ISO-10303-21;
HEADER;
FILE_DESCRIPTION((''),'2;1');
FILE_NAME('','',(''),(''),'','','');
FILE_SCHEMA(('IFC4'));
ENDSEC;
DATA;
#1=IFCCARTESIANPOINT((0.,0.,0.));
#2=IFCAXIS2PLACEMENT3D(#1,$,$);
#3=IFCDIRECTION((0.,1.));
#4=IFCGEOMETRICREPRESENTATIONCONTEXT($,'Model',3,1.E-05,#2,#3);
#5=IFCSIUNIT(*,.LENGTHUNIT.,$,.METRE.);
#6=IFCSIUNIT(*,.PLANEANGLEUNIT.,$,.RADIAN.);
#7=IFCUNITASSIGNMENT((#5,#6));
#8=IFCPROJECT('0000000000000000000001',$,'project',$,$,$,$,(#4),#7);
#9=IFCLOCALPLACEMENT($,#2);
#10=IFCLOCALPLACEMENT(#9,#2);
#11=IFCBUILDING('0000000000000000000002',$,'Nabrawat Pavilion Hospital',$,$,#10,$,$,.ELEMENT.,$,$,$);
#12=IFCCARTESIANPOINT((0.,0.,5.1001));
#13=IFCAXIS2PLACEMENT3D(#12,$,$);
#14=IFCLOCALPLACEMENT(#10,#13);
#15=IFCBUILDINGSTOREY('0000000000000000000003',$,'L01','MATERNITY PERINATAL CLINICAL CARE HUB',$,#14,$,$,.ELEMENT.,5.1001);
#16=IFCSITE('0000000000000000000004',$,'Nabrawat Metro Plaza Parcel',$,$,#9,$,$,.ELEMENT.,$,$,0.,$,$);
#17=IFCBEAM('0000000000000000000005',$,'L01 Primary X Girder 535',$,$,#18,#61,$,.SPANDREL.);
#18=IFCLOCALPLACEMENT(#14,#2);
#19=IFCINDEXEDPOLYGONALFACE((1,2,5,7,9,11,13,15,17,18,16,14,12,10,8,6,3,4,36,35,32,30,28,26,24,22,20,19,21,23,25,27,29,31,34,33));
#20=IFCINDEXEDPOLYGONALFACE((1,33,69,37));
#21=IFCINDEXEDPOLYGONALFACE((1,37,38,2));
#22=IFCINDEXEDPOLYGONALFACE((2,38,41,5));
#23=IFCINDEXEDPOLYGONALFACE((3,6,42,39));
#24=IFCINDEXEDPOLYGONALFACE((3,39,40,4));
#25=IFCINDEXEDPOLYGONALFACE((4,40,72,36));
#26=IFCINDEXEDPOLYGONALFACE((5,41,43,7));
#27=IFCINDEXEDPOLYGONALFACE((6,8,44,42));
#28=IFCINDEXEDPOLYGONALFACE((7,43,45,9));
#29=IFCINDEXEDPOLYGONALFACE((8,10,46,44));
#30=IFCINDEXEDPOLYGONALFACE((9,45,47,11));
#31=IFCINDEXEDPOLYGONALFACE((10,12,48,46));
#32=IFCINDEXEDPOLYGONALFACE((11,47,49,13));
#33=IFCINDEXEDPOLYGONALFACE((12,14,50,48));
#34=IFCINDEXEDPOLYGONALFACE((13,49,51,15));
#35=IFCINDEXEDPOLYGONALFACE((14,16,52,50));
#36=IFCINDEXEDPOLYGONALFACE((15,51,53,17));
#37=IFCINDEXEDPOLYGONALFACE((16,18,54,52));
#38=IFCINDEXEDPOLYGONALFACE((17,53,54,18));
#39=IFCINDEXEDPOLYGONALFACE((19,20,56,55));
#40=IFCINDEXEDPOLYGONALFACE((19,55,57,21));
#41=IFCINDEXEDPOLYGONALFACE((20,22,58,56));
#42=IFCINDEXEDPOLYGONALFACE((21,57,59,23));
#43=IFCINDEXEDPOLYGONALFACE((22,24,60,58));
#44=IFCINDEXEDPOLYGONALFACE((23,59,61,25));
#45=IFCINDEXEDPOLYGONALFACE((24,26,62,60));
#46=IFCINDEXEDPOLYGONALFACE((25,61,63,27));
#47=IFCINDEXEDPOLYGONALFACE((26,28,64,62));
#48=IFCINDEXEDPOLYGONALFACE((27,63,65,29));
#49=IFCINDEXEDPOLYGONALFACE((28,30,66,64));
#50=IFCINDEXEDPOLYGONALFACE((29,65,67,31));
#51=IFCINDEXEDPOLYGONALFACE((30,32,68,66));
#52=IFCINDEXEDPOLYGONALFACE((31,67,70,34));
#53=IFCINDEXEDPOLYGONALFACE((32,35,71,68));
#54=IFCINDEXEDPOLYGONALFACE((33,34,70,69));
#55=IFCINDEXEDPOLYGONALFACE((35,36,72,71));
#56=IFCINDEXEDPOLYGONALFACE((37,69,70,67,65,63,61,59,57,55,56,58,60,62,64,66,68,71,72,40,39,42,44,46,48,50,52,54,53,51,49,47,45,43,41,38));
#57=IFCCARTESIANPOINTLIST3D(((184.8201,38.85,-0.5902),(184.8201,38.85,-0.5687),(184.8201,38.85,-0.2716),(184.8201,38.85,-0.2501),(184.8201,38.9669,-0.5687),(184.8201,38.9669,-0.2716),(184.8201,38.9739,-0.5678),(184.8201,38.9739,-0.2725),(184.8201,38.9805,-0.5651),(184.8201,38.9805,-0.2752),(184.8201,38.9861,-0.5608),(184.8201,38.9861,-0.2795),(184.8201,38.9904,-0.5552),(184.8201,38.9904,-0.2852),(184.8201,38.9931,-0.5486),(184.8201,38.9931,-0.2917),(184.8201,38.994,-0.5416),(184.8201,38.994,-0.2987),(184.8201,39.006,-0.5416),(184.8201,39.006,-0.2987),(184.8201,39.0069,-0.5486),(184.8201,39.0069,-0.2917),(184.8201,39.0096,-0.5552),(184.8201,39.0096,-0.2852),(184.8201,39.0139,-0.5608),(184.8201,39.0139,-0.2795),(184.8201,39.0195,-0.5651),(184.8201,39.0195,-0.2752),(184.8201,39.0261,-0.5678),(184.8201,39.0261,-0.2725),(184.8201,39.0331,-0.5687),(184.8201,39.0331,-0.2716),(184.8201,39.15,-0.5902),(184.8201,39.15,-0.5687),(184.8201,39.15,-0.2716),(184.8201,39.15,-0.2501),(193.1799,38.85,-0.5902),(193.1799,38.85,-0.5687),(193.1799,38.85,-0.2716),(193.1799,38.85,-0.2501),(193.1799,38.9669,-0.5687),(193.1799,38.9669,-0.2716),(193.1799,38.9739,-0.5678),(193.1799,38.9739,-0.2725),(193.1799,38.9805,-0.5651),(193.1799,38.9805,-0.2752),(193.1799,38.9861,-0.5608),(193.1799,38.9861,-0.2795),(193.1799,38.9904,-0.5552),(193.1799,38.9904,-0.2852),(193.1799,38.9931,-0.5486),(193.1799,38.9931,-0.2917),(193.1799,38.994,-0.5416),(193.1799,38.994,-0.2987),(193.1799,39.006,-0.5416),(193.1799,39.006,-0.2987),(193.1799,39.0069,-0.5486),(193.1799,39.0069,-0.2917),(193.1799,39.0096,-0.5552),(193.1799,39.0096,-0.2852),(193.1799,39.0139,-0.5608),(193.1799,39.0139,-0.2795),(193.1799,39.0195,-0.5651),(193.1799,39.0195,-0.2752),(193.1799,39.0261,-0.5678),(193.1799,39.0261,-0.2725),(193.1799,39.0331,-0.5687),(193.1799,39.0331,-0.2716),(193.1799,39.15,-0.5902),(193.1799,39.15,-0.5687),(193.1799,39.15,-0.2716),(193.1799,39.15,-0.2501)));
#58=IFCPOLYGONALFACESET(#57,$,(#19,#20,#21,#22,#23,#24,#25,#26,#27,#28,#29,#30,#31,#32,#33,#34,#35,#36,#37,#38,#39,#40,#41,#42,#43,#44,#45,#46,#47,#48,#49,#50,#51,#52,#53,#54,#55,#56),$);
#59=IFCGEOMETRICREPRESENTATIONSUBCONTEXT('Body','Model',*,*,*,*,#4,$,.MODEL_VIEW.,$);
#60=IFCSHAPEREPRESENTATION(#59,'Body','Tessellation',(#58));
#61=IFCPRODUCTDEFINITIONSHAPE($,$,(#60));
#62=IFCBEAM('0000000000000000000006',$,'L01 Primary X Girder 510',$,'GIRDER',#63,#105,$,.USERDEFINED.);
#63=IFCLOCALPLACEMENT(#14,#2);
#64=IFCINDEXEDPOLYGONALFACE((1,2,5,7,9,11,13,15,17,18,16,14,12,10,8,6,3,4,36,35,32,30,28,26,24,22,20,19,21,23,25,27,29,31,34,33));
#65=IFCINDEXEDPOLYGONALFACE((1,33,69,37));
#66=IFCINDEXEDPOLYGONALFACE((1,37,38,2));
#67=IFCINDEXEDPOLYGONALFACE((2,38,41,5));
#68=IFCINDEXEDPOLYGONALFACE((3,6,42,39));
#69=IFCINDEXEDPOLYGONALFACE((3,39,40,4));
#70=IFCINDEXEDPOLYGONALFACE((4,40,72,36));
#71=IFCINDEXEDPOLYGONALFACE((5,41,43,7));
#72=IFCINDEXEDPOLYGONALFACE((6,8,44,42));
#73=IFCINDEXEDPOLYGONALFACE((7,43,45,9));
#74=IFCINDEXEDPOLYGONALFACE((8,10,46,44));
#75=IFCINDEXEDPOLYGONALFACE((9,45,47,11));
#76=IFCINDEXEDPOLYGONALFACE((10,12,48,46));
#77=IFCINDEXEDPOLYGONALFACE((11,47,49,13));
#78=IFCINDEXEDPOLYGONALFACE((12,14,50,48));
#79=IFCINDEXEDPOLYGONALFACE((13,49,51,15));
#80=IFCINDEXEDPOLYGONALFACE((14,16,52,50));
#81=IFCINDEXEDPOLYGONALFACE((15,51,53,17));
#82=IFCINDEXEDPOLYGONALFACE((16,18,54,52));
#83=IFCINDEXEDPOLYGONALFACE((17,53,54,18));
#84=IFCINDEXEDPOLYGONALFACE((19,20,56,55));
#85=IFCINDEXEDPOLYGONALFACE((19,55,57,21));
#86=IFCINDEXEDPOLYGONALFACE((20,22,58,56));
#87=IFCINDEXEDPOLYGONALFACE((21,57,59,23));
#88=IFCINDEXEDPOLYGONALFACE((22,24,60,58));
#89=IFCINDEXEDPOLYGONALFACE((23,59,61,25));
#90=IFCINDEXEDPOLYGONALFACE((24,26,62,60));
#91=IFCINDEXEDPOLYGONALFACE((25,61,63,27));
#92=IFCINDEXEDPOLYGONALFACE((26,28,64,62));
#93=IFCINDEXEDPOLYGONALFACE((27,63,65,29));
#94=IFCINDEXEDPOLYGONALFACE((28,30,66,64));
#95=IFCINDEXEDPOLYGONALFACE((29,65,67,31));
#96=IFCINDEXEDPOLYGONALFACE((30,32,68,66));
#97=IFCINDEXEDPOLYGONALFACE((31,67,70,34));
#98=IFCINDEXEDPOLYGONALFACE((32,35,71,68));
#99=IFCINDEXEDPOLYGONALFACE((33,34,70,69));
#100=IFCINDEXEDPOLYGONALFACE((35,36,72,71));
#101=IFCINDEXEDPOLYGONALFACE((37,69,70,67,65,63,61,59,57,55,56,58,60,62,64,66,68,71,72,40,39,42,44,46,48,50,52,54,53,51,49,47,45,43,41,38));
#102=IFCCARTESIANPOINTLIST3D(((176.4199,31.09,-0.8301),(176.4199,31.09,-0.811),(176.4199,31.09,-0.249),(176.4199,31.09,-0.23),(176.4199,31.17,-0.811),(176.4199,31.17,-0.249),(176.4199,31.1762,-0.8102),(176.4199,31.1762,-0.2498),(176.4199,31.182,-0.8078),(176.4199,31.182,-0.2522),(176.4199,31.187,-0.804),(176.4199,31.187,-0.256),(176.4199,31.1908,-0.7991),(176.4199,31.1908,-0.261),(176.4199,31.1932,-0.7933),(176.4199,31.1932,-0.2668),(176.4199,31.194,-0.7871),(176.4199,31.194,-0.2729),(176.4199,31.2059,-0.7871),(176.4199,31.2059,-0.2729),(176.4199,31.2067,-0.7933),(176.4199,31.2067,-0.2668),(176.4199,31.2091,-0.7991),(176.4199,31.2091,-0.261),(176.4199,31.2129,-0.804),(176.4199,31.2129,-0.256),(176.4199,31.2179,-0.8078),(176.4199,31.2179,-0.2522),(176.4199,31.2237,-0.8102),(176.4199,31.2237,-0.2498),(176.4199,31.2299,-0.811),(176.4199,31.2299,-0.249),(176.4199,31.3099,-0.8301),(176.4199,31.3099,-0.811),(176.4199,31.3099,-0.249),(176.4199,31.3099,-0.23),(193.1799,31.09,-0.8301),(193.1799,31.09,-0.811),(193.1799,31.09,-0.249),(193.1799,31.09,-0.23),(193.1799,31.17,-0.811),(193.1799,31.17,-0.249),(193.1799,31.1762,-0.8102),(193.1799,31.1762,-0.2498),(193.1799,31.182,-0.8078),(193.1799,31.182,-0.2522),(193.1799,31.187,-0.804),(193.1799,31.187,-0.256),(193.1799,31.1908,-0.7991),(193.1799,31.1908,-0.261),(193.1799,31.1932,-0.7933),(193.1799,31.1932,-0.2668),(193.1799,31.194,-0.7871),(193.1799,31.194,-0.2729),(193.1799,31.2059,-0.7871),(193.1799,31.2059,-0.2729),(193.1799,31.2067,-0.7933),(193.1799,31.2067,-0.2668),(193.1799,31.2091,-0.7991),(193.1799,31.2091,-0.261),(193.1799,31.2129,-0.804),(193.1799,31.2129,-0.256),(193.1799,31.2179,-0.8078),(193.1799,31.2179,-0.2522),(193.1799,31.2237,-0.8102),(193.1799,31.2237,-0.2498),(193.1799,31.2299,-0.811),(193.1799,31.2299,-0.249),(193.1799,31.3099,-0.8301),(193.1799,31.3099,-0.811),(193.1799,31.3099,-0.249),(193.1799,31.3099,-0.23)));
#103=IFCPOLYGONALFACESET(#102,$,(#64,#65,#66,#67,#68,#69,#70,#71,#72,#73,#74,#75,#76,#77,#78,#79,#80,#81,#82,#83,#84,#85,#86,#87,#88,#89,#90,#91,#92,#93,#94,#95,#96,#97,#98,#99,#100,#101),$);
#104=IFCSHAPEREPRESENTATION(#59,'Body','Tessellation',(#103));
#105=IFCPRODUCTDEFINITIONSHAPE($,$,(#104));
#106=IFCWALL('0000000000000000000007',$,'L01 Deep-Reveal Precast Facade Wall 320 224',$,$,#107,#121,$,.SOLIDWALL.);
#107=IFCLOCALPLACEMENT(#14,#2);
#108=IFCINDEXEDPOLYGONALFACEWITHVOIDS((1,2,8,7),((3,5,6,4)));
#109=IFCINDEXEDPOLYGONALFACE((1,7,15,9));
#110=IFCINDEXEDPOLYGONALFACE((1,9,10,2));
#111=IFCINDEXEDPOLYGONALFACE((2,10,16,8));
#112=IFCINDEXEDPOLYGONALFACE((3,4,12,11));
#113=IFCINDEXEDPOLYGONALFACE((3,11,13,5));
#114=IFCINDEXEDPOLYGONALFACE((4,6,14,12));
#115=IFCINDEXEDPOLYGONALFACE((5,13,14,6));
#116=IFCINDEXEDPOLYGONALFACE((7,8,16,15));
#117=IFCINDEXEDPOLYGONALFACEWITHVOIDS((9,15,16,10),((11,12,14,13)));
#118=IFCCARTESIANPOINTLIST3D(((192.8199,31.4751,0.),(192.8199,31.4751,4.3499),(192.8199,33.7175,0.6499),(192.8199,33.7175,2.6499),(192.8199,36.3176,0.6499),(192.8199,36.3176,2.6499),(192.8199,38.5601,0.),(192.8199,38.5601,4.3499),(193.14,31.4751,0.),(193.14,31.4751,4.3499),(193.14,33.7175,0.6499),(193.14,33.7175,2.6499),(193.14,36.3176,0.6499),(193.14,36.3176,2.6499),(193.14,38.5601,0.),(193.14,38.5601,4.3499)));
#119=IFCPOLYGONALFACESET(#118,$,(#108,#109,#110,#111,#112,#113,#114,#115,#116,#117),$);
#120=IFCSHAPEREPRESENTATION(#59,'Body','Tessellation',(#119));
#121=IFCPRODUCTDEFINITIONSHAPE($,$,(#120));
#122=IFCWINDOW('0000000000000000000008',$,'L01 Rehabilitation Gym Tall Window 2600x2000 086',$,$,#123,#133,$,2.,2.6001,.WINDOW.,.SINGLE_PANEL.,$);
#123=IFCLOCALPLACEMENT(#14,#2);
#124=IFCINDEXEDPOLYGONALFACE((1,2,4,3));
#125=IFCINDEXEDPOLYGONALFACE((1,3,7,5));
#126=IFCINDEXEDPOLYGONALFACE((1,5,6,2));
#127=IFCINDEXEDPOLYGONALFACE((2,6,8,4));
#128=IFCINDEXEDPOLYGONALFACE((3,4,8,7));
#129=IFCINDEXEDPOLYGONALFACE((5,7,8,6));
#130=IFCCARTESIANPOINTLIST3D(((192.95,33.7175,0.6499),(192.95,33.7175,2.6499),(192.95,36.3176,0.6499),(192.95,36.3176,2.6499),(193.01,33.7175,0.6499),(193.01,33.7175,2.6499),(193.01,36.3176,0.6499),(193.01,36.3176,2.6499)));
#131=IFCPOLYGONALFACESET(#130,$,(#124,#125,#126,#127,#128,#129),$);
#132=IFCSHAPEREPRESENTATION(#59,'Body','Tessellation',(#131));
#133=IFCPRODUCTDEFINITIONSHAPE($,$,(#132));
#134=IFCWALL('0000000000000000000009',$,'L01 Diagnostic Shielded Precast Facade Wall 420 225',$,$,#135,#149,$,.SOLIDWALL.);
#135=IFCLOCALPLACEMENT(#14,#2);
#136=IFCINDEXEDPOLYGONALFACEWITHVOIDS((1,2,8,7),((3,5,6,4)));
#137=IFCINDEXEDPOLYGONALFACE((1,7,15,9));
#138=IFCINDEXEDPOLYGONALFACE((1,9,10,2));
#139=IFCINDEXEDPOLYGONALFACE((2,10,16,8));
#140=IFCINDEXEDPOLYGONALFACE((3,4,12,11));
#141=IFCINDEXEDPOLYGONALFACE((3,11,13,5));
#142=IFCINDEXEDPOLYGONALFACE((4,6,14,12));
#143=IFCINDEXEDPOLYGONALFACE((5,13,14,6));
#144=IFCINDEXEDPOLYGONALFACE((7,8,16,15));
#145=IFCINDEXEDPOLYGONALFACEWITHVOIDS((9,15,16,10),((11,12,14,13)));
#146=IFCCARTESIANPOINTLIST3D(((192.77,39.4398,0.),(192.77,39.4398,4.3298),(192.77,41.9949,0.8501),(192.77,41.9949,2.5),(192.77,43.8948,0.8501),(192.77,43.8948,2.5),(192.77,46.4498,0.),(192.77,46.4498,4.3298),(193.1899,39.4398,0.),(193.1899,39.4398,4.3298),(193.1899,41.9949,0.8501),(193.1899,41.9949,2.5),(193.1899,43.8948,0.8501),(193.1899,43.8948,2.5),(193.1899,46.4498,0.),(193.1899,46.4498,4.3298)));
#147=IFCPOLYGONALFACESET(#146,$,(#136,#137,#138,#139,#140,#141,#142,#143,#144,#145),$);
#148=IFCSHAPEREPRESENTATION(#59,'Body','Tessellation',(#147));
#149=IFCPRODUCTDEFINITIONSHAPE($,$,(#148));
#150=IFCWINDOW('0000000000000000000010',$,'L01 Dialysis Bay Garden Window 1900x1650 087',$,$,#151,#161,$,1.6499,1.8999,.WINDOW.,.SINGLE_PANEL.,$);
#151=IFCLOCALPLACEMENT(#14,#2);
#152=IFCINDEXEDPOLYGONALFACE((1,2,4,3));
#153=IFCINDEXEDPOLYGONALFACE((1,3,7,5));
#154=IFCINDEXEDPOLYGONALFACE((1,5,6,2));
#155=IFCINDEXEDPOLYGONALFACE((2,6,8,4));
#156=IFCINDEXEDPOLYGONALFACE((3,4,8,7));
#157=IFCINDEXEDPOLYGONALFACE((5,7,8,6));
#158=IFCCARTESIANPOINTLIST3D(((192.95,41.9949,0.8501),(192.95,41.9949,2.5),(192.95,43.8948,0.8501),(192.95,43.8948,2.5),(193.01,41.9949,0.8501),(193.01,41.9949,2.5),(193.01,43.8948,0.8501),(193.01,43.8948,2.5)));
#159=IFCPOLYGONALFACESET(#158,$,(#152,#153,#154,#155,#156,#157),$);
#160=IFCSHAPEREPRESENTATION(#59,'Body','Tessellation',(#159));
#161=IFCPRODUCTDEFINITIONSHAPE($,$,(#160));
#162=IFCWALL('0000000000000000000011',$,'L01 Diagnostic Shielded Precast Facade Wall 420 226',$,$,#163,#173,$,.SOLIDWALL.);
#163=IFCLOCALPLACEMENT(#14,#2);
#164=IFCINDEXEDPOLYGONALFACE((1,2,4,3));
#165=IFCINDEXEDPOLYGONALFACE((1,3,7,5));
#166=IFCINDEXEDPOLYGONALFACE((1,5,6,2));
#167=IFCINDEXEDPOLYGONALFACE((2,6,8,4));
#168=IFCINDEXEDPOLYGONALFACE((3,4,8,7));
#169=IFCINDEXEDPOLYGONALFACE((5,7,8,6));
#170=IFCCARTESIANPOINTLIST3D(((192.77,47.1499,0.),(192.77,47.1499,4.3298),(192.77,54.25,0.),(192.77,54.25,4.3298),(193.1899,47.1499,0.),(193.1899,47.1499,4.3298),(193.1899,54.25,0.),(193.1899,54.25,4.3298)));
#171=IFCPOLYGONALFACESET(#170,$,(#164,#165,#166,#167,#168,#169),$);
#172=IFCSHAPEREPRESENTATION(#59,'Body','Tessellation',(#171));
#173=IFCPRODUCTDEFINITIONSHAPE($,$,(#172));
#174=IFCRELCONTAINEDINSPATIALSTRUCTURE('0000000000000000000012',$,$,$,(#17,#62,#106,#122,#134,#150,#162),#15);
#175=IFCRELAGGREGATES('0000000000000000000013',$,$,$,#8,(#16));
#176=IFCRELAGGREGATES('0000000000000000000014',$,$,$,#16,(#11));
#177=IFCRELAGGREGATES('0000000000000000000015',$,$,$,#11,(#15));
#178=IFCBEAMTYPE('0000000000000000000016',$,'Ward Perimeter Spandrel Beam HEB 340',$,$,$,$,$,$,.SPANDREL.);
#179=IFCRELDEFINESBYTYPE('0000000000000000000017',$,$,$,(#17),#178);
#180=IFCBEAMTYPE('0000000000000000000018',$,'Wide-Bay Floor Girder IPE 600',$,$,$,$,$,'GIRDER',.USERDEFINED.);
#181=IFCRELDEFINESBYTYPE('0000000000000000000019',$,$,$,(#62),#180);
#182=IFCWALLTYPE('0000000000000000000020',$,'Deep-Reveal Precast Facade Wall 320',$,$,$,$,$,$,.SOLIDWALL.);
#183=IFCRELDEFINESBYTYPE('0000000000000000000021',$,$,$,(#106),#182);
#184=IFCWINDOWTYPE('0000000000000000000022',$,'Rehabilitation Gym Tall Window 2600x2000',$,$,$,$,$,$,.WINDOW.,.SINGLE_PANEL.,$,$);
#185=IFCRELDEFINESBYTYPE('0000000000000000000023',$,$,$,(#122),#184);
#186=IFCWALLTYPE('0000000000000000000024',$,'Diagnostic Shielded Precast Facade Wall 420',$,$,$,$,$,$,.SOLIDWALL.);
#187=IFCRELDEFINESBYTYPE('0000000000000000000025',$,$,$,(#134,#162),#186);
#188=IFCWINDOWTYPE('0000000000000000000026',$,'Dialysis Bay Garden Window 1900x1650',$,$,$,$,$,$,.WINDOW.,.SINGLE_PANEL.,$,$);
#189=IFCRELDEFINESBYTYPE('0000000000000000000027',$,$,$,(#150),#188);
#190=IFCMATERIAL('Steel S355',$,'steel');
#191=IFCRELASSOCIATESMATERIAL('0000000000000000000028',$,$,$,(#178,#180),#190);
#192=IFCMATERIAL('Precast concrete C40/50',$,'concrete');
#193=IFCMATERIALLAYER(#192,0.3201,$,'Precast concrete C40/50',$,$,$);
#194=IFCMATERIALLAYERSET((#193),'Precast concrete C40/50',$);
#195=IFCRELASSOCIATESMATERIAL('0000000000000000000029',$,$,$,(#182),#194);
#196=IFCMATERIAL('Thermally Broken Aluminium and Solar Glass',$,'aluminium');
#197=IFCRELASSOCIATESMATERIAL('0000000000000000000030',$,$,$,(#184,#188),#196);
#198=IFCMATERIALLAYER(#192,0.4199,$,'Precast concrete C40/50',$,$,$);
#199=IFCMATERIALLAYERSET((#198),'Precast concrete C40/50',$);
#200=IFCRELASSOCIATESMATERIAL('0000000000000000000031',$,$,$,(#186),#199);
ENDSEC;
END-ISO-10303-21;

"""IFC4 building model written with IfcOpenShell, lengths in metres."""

from ifc_helpers import new_model, si_unit, direction, frame, frame_2d, origin, origin_2d, place, context, subcontext, project, spatial, rectangle, i_section, extrude, material, layer, layer_set, material_profile, profile_set, type_object, element, fill, save


model = new_model("IFC4")

# Units and contexts
model_context = context("Model", 3, precision=1e-05, world=origin(), true_north=direction((0.0, 1.0)))
body_context = subcontext(model_context, "Body", "Model", "MODEL_VIEW")
ifc_project = project(units=[si_unit("LENGTHUNIT", "METRE"), si_unit("PLANEANGLEUNIT", "RADIAN")], contexts=[model_context])

# Site, building, storey
site_placement = place(None, origin())
site = spatial("IfcSite", under=ifc_project, at=site_placement, Name="Nabrawat Metro Plaza Parcel", CompositionType="ELEMENT", RefElevation=0.0)
building_placement = place(site_placement, origin())
building = spatial("IfcBuilding", under=site, at=building_placement, Name="Nabrawat Pavilion Hospital", CompositionType="ELEMENT")
storey_placement = place(building_placement, frame((0.0, 0.0, 5.1001)))
storey = spatial("IfcBuildingStorey", under=building, at=storey_placement, Name="L01", Description="MATERNITY PERINATAL CLINICAL CARE HUB", CompositionType="ELEMENT", Elevation=5.1001)

# Shared definitions
ifc_material_1 = material(Name="Steel S355", Category="steel")

# Beams
ifc_material_profile_1 = material_profile(ifc_material_1, i_section(OverallWidth=0.3, OverallDepth=0.3401, WebThickness=0.012, FlangeThickness=0.0215, FilletRadius=0.0271, at=origin_2d()), Name="HEB 340")
ifc_profile_set_1 = profile_set([ifc_material_profile_1], Name="Steel S355")
beam_type_1 = type_object("IfcBeamType", Name="Ward Perimeter Spandrel Beam HEB 340", PredefinedType="SPANDREL", material=ifc_profile_set_1)
beam_1_placement = place(storey_placement, frame((184.8201, 39.0, -0.4202), z_axis=(1.0, 0.0, 0.0), x_axis=(0.0, 1.0, 0.0)))
element("IfcBeam", 1, at=beam_1_placement, inside=storey, type_object=beam_type_1, Name="L01 Primary X Girder 535", PredefinedType="SPANDREL", context=body_context, shape_type="SweptSolid", body=[
    extrude(i_section(OverallWidth=0.3, OverallDepth=0.3401, WebThickness=0.012, FlangeThickness=0.0215, FilletRadius=0.0271, at=origin_2d()), origin(), (0.0, 0.0, 1.0), 8.3599),
])
ifc_material_profile_2 = material_profile(ifc_material_1, i_section(OverallWidth=0.22, OverallDepth=0.6001, WebThickness=0.012, FlangeThickness=0.019, FilletRadius=0.0239, at=origin_2d()), Name="IPE 600")
ifc_profile_set_2 = profile_set([ifc_material_profile_2], Name="Steel S355")
beam_type_2 = type_object("IfcBeamType", Name="Wide-Bay Floor Girder IPE 600", ElementType="GIRDER", PredefinedType="USERDEFINED", material=ifc_profile_set_2)
beam_2_placement = place(storey_placement, frame((176.4199, 31.2, -0.53), z_axis=(1.0, 0.0, 0.0), x_axis=(0.0, 1.0, 0.0)))
element("IfcBeam", 2, at=beam_2_placement, inside=storey, type_object=beam_type_2, Name="L01 Primary X Girder 510", ObjectType="GIRDER", PredefinedType="USERDEFINED", context=body_context, shape_type="SweptSolid", body=[
    extrude(i_section(OverallWidth=0.22, OverallDepth=0.6001, WebThickness=0.012, FlangeThickness=0.019, FilletRadius=0.0239, at=origin_2d()), origin(), (0.0, 0.0, 1.0), 16.76),
])

# Walls, openings, windows
ifc_material_2 = material(Name="Precast concrete C40/50", Category="concrete")
ifc_layer_1 = layer(ifc_material_2, 0.3201, Name="Precast concrete C40/50")
ifc_layer_set_1 = layer_set([ifc_layer_1], Name="Precast concrete C40/50")
wall_type_1 = type_object("IfcWallType", Name="Deep-Reveal Precast Facade Wall 320", PredefinedType="SOLIDWALL", material=ifc_layer_set_1)
wall_1_placement = place(storey_placement, frame((192.98, 31.4751, 0.0), z_axis=(0.0, 0.0, 1.0), x_axis=(0.0, 1.0, 0.0)))
wall_1 = element("IfcWall", 3, at=wall_1_placement, inside=storey, type_object=wall_type_1, Name="L01 Deep-Reveal Precast Facade Wall 320 224", PredefinedType="SOLIDWALL", context=body_context, shape_type="SweptSolid", body=[
    extrude(rectangle(XDim=7.085, YDim=0.3201, at=frame_2d((3.5425, 0.0))), origin(), (0.0, 0.0, 1.0), 4.3499),
])
opening_1_placement = place(wall_1_placement, frame((2.2424, 0.0, 0.6499)))
opening_1 = element("IfcOpeningElement", 4, at=opening_1_placement, cuts=wall_1, PredefinedType="OPENING", context=body_context, shape_type="SweptSolid", body=[
    extrude(rectangle(XDim=2.6001, YDim=2.0, at=frame_2d((1.3, 1.0))), frame((0.0, 0.1699, 0.0), z_axis=(0.0, -1.0, 0.0), x_axis=(1.0, 0.0, 0.0)), (0.0, 0.0, 1.0), 0.3401),
])
ifc_material_3 = material(Name="Thermally Broken Aluminium and Solar Glass", Category="aluminium")
window_type_1 = type_object("IfcWindowType", Name="Rehabilitation Gym Tall Window 2600x2000", PartitioningType="SINGLE_PANEL", PredefinedType="WINDOW", material=ifc_material_3)
window_1_placement = place(opening_1_placement, origin())
window_1 = element("IfcWindow", 5, at=window_1_placement, inside=storey, type_object=window_type_1, Name="L01 Rehabilitation Gym Tall Window 2600x2000 086", OverallHeight=2.0, OverallWidth=2.6001, PartitioningType="SINGLE_PANEL", PredefinedType="WINDOW", context=body_context, shape_type="SweptSolid", body=[
    extrude(rectangle(XDim=2.6001, YDim=2.0, at=frame_2d((1.3, 1.0))), frame((0.0, 0.03, 0.0), z_axis=(0.0, -1.0, 0.0), x_axis=(1.0, 0.0, 0.0)), (0.0, 0.0, 1.0), 0.0601),
])
fill(opening_1, window_1)
ifc_layer_2 = layer(ifc_material_2, 0.4199, Name="Precast concrete C40/50")
ifc_layer_set_2 = layer_set([ifc_layer_2], Name="Precast concrete C40/50")
wall_type_2 = type_object("IfcWallType", Name="Diagnostic Shielded Precast Facade Wall 420", PredefinedType="SOLIDWALL", material=ifc_layer_set_2)
wall_2_placement = place(storey_placement, frame((192.98, 39.4399, 0.0), z_axis=(0.0, 0.0, 1.0), x_axis=(0.0, 1.0, 0.0)))
wall_2 = element("IfcWall", 6, at=wall_2_placement, inside=storey, type_object=wall_type_2, Name="L01 Diagnostic Shielded Precast Facade Wall 420 225", PredefinedType="SOLIDWALL", context=body_context, shape_type="SweptSolid", body=[
    extrude(rectangle(XDim=7.01, YDim=0.4199, at=frame_2d((3.5049, 0.0))), origin(), (0.0, 0.0, 1.0), 4.3298),
])
opening_2_placement = place(wall_2_placement, frame((2.5549, 0.0, 0.8501)))
opening_2 = element("IfcOpeningElement", 7, at=opening_2_placement, cuts=wall_2, PredefinedType="OPENING", context=body_context, shape_type="SweptSolid", body=[
    extrude(rectangle(XDim=1.8999, YDim=1.6499, at=frame_2d((0.95, 0.825))), frame((0.0, 0.22, 0.0), z_axis=(0.0, -1.0, 0.0), x_axis=(1.0, 0.0, 0.0)), (0.0, 0.0, 1.0), 0.4399),
])
window_type_2 = type_object("IfcWindowType", Name="Dialysis Bay Garden Window 1900x1650", PartitioningType="SINGLE_PANEL", PredefinedType="WINDOW", material=ifc_material_3)
window_2_placement = place(opening_2_placement, origin())
window_2 = element("IfcWindow", 8, at=window_2_placement, inside=storey, type_object=window_type_2, Name="L01 Dialysis Bay Garden Window 1900x1650 087", OverallHeight=1.6499, OverallWidth=1.8999, PartitioningType="SINGLE_PANEL", PredefinedType="WINDOW", context=body_context, shape_type="SweptSolid", body=[
    extrude(rectangle(XDim=1.8999, YDim=1.6499, at=frame_2d((0.95, 0.825))), frame((0.0, 0.03, 0.0), z_axis=(0.0, -1.0, 0.0), x_axis=(1.0, 0.0, 0.0)), (0.0, 0.0, 1.0), 0.0601),
])
fill(opening_2, window_2)

# Wall
wall_3_placement = place(storey_placement, frame((192.98, 47.1499, 0.0), z_axis=(0.0, 0.0, 1.0), x_axis=(0.0, 1.0, 0.0)))
element("IfcWall", 9, at=wall_3_placement, inside=storey, type_object=wall_type_2, Name="L01 Diagnostic Shielded Precast Facade Wall 420 226", PredefinedType="SOLIDWALL", context=body_context, shape_type="SweptSolid", body=[
    extrude(rectangle(XDim=7.1001, YDim=0.4199, at=frame_2d((3.55, 0.0))), origin(), (0.0, 0.0, 1.0), 4.3298),
])

save(model, "model.ifc")
